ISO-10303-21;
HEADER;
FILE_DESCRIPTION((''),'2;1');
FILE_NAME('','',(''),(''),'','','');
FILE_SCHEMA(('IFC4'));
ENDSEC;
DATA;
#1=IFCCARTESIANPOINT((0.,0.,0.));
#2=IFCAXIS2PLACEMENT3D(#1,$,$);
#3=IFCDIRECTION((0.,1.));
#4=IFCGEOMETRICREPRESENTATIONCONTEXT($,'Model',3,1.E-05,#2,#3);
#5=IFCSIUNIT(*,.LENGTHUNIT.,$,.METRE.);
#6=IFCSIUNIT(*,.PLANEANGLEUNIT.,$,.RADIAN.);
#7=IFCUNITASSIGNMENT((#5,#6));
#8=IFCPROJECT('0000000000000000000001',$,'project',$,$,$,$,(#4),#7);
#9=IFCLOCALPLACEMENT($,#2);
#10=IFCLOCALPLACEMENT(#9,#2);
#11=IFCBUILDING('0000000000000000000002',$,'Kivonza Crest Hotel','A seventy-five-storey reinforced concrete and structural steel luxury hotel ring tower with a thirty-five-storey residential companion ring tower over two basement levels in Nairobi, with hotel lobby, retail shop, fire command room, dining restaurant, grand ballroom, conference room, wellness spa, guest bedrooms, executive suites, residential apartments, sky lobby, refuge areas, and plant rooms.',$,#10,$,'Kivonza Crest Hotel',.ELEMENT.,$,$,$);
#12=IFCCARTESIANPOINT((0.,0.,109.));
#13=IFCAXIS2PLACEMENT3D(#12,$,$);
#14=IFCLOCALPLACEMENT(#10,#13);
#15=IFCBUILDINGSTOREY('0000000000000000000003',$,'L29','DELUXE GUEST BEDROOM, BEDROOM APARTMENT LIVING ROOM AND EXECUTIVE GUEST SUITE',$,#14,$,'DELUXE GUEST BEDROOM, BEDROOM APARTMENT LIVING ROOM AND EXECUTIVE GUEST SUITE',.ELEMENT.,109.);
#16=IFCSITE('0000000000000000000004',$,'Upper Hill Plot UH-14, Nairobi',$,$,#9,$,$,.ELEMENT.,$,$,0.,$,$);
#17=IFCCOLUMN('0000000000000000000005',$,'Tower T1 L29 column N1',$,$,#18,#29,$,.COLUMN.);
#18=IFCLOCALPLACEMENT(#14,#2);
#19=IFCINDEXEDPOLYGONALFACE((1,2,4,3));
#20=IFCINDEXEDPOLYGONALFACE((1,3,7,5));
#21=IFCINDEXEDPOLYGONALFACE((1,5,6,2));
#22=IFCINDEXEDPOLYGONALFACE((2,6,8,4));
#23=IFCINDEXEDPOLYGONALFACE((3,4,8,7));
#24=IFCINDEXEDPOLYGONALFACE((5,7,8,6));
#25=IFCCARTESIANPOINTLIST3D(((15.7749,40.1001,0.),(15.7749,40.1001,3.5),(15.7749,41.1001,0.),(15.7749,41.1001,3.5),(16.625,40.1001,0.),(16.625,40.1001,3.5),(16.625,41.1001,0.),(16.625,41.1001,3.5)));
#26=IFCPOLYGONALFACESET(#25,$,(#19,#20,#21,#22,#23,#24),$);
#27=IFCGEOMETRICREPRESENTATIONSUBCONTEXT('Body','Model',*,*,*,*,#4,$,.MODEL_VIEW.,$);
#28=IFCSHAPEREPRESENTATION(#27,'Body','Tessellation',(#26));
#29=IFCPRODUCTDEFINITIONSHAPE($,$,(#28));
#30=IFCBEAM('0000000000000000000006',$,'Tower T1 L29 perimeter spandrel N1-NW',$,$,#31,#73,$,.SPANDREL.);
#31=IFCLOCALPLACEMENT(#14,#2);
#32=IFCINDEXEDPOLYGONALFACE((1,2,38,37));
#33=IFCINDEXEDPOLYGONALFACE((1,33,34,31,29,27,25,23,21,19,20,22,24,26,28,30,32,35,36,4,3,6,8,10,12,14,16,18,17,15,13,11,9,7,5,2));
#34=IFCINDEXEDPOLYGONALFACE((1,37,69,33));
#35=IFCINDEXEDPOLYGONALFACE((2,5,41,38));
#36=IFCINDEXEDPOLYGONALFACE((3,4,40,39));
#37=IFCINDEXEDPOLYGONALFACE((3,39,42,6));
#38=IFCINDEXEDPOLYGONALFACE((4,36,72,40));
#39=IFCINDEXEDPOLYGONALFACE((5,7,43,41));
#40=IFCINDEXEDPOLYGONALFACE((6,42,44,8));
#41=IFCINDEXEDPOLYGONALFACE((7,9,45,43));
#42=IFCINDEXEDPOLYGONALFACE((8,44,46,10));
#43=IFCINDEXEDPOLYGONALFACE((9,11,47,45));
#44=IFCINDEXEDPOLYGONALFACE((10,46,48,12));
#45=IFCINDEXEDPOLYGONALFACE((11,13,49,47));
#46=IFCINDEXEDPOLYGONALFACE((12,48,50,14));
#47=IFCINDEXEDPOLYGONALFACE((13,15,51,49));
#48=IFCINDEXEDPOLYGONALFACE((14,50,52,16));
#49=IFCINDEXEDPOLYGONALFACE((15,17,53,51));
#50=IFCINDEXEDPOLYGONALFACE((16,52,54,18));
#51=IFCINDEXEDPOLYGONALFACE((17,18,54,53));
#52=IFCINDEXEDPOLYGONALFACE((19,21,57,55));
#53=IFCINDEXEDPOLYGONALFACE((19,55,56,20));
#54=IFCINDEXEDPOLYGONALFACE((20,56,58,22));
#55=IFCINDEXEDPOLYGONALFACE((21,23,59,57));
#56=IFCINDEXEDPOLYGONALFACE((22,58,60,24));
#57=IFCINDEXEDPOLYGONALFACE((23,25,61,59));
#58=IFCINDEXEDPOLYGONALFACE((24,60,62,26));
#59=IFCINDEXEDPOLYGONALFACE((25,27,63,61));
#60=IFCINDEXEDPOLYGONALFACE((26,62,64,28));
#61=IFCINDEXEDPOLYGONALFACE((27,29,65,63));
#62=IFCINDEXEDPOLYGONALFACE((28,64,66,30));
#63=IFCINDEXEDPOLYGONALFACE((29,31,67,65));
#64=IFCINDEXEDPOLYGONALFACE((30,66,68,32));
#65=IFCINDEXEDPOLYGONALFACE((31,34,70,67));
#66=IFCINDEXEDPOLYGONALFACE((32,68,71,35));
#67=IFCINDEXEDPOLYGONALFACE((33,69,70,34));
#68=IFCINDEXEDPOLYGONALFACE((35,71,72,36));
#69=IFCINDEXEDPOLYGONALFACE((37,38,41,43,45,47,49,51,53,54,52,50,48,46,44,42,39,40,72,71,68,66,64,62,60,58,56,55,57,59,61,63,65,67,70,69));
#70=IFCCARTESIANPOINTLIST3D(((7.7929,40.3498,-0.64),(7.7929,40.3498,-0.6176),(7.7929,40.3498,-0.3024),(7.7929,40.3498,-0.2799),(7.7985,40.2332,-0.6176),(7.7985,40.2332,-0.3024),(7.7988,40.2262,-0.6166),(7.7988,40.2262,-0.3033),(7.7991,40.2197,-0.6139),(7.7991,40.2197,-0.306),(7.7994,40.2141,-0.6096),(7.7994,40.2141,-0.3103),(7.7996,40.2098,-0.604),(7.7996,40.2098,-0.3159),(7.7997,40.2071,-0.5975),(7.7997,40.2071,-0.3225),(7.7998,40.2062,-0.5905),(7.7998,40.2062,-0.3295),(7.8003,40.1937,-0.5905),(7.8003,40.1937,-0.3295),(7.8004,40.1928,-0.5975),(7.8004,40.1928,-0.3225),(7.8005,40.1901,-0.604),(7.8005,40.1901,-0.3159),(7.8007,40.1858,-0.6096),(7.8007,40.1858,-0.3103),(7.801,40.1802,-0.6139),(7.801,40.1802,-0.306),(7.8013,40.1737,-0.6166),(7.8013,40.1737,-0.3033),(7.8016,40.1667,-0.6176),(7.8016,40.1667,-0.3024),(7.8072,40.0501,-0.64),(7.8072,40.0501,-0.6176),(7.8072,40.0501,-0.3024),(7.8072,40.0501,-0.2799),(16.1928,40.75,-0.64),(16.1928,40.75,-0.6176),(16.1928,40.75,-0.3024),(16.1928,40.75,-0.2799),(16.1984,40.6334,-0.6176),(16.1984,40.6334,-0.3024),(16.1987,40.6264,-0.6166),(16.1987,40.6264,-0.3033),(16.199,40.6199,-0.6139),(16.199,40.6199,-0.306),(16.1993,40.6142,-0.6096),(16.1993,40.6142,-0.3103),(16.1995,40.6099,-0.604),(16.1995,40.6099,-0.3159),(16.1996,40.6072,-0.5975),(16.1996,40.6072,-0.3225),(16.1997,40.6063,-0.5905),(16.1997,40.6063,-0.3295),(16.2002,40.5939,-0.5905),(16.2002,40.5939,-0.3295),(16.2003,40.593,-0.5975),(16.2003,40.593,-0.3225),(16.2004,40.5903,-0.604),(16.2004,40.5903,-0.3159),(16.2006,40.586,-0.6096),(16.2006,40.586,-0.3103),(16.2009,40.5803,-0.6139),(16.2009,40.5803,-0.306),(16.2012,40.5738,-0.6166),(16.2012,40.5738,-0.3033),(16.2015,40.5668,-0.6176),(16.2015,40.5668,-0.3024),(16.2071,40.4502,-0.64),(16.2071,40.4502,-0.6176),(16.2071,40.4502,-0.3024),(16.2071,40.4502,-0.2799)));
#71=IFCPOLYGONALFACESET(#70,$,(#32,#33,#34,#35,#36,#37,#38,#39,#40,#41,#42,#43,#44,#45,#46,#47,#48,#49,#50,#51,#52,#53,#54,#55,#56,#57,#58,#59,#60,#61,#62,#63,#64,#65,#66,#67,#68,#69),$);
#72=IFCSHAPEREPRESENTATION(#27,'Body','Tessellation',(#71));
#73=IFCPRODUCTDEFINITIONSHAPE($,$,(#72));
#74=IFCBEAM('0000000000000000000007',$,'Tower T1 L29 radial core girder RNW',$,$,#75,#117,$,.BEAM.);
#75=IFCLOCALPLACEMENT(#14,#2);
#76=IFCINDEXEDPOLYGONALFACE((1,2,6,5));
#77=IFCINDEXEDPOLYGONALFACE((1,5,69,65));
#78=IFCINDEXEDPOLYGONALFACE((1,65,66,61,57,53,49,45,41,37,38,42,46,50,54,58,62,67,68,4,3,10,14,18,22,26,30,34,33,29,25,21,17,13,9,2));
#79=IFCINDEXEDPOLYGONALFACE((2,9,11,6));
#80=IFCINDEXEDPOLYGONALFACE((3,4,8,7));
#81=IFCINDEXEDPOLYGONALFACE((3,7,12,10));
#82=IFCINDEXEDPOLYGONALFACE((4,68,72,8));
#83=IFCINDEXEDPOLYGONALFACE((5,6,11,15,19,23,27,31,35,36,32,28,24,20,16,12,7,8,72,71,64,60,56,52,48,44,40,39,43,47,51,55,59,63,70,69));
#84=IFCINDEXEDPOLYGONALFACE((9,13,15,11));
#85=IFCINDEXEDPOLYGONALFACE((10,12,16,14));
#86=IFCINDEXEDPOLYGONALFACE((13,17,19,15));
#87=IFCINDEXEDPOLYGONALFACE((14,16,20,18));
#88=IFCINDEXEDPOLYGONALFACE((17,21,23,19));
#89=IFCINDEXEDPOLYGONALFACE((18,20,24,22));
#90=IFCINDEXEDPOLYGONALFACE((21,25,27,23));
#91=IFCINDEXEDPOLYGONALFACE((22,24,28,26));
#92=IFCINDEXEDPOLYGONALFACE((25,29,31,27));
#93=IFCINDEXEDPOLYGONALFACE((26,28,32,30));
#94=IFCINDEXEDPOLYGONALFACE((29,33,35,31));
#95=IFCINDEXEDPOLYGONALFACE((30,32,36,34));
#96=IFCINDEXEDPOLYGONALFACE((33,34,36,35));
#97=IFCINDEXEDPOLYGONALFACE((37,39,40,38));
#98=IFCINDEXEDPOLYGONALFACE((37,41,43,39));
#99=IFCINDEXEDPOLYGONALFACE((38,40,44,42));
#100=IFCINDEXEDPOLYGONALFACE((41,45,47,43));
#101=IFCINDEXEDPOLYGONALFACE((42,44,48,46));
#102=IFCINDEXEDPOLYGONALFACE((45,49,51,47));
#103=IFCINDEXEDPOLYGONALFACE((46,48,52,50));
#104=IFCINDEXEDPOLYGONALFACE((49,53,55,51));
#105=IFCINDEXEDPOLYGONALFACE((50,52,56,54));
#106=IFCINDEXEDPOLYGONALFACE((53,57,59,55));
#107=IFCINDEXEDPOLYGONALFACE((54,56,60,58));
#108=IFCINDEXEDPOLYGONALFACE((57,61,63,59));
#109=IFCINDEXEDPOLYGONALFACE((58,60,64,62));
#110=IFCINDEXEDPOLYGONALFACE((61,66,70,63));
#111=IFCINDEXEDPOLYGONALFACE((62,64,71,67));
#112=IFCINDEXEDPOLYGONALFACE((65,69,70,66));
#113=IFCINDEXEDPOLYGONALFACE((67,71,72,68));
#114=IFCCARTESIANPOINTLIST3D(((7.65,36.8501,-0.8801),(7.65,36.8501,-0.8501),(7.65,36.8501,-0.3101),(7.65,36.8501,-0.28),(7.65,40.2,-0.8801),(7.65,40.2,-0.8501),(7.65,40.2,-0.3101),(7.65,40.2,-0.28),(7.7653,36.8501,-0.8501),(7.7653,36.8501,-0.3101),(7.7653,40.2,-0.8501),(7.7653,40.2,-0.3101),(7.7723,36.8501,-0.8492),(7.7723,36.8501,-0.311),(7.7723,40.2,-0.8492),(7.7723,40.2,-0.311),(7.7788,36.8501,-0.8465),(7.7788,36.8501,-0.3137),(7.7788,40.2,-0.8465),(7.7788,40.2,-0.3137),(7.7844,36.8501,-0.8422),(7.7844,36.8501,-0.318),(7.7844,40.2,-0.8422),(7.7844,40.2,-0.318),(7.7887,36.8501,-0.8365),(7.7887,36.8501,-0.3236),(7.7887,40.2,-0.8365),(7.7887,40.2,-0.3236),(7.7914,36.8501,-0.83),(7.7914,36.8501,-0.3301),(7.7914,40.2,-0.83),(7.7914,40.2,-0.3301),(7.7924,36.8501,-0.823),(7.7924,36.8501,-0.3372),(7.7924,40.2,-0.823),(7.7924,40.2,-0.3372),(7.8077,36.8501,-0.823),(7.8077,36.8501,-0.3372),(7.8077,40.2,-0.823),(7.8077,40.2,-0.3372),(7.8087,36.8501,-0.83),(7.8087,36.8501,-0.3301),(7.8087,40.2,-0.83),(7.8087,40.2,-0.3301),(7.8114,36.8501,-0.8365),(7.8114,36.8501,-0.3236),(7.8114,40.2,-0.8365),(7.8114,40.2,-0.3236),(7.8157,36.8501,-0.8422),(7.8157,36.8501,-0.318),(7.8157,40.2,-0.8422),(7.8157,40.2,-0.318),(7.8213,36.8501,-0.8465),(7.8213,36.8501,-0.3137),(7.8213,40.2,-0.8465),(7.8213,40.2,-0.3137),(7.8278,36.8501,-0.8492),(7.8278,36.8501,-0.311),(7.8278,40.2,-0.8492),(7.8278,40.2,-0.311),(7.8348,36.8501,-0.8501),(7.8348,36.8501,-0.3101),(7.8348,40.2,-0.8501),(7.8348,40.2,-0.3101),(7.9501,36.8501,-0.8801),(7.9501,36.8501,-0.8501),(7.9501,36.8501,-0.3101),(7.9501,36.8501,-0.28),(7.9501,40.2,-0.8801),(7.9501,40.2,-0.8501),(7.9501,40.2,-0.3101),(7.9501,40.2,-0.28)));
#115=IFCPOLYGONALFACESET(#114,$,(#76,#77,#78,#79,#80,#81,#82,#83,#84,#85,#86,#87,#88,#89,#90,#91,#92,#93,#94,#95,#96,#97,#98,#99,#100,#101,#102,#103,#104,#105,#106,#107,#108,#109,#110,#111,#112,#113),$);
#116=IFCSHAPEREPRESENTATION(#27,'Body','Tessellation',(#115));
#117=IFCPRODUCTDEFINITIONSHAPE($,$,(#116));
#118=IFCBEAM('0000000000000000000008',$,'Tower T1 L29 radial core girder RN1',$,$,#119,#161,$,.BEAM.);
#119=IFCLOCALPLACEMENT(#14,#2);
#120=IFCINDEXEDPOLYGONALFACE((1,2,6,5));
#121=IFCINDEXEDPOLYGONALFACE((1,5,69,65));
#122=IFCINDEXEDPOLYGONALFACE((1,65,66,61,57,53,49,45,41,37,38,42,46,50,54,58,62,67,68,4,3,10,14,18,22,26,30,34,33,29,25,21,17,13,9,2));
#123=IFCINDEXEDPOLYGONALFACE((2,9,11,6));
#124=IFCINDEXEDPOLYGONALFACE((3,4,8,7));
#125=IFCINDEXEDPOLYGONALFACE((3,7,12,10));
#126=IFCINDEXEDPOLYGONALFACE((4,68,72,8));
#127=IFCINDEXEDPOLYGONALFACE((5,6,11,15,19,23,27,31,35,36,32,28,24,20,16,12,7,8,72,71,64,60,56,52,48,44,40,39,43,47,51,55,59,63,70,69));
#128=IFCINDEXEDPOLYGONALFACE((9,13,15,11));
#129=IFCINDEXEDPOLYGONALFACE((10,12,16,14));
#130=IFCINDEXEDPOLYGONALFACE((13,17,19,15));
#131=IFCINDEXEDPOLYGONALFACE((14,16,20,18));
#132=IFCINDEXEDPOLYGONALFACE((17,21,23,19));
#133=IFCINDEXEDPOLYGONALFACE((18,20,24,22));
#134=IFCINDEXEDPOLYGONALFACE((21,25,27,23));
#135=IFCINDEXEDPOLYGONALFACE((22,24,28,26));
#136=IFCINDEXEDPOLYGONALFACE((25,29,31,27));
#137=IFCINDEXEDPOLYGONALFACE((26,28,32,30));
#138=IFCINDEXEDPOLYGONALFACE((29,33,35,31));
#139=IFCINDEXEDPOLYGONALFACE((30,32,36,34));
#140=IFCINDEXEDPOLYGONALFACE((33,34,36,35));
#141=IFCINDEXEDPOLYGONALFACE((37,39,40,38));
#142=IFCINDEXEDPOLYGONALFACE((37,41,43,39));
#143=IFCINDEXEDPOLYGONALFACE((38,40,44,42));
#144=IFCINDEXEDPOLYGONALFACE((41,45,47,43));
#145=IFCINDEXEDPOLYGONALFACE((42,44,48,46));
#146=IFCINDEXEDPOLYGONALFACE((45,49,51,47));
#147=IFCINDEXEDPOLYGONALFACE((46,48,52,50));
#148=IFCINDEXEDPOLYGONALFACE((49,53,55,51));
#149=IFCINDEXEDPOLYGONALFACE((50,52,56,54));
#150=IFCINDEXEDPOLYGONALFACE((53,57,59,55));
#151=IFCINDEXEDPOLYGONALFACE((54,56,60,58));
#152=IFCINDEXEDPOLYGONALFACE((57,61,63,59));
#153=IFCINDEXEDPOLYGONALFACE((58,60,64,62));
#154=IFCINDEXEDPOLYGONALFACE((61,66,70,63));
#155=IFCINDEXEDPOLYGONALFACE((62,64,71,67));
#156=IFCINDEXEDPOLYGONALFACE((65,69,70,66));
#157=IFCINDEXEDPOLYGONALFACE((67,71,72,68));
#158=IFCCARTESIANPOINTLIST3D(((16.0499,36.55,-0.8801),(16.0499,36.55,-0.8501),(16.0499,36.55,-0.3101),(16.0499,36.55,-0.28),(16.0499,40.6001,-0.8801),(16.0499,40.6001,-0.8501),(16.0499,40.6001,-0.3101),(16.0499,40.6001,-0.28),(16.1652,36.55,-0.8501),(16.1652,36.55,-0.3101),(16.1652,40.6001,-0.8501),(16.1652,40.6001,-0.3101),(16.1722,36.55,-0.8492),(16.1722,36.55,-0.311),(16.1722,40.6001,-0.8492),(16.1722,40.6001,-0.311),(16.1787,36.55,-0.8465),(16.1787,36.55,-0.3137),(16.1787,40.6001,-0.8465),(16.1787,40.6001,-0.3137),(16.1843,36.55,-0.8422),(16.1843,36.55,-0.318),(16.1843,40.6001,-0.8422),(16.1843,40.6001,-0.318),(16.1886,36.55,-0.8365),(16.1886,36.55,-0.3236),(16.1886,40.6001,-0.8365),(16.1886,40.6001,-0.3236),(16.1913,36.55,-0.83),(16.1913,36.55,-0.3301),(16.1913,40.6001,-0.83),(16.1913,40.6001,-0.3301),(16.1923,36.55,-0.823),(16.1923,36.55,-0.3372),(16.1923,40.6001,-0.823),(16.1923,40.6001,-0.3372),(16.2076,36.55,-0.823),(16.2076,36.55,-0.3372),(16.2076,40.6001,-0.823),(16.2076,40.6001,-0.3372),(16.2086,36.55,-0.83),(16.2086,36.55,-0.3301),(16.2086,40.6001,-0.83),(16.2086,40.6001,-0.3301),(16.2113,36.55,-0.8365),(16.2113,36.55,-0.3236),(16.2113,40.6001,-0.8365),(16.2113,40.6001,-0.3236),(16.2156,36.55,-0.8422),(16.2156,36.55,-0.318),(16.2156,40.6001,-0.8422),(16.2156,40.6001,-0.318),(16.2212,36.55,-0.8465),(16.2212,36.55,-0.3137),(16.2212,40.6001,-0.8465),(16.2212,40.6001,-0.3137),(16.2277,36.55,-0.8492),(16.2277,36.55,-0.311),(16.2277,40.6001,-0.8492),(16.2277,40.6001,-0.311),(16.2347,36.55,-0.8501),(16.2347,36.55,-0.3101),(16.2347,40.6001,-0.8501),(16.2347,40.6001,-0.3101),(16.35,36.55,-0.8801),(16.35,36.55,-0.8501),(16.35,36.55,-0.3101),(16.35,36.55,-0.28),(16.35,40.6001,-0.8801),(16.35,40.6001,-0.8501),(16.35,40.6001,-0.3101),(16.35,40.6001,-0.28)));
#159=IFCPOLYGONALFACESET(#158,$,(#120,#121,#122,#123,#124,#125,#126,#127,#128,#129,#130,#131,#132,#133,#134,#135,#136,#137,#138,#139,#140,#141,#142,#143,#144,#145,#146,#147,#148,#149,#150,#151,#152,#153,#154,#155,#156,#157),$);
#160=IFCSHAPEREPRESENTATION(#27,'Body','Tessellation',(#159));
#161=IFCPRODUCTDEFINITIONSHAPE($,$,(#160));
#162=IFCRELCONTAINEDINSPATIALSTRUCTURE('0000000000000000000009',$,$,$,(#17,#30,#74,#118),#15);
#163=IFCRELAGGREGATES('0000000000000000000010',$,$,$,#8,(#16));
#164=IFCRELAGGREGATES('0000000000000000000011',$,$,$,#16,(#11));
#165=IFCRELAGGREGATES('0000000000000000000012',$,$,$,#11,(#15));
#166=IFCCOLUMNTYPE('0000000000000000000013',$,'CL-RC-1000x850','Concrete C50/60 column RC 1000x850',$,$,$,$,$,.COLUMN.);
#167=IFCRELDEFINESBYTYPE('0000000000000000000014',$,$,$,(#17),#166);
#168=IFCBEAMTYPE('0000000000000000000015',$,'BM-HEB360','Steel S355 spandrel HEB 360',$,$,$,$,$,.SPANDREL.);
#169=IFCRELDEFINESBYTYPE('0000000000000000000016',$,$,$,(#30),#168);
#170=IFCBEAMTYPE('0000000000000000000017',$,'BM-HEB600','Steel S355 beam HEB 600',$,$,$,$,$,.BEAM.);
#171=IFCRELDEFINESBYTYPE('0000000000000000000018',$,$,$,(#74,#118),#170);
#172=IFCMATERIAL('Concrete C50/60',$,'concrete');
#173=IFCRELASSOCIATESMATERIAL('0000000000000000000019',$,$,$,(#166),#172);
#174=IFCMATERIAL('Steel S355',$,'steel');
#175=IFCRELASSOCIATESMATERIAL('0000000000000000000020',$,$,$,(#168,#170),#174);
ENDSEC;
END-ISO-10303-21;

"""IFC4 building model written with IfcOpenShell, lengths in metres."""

from ifc_helpers import new_model, si_unit, direction, frame, origin, origin_2d, place, context, subcontext, project, spatial, rectangle, i_section, extrude, material, material_profile, profile_set, type_object, element, save


model = new_model("IFC4")

# Units and contexts
model_context = context("Model", 3, precision=1e-05, world=origin(), true_north=direction((0.0, 1.0)))
body_context = subcontext(model_context, "Body", "Model", "MODEL_VIEW")
ifc_project = project(units=[si_unit("LENGTHUNIT", "METRE"), si_unit("PLANEANGLEUNIT", "RADIAN")], contexts=[model_context])

# Site, building, storey
site_placement = place(None, origin())
site = spatial("IfcSite", under=ifc_project, at=site_placement, Name="Upper Hill Plot UH-14, Nairobi", CompositionType="ELEMENT", RefElevation=0.0)
building_placement = place(site_placement, origin())
building = spatial("IfcBuilding", under=site, at=building_placement, Name="Kivonza Crest Hotel", Description="A seventy-five-storey reinforced concrete and structural steel luxury hotel ring tower with a thirty-five-storey residential companion ring tower over two basement levels in Nairobi, with hotel lobby, retail shop, fire command room, dining restaurant, grand ballroom, conference room, wellness spa, guest bedrooms, executive suites, residential apartments, sky lobby, refuge areas, and plant rooms.", LongName="Kivonza Crest Hotel", CompositionType="ELEMENT")
storey_placement = place(building_placement, frame((0.0, 0.0, 109.0)))
storey = spatial("IfcBuildingStorey", under=building, at=storey_placement, Name="L29", Description="DELUXE GUEST BEDROOM, BEDROOM APARTMENT LIVING ROOM AND EXECUTIVE GUEST SUITE", LongName="DELUXE GUEST BEDROOM, BEDROOM APARTMENT LIVING ROOM AND EXECUTIVE GUEST SUITE", CompositionType="ELEMENT", Elevation=109.0)

# Column
ifc_material_1 = material(Name="Concrete C50/60", Category="concrete")
ifc_material_profile_1 = material_profile(ifc_material_1, rectangle(XDim=0.8501, YDim=1.0, at=origin_2d()), Name="RC 1000x850")
ifc_profile_set_1 = profile_set([ifc_material_profile_1], Name="Concrete C50/60")
column_type = type_object("IfcColumnType", Name="CL-RC-1000x850", Description="Concrete C50/60 column RC 1000x850", PredefinedType="COLUMN", material=ifc_profile_set_1)
column_placement = place(storey_placement, frame((16.2, 40.6001, 0.0), z_axis=(0.0, 0.0, 1.0), x_axis=(1.0, 0.0, 0.0)))
element("IfcColumn", 1, at=column_placement, inside=storey, type_object=column_type, Name="Tower T1 L29 column N1", PredefinedType="COLUMN", context=body_context, shape_type="SweptSolid", body=[
    extrude(rectangle(XDim=0.8501, YDim=1.0, at=origin_2d()), origin(), (0.0, 0.0, 1.0), 3.5),
])

# Beams
ifc_material_2 = material(Name="Steel S355", Category="steel")
ifc_material_profile_2 = material_profile(ifc_material_2, i_section(OverallWidth=0.3, OverallDepth=0.3601, WebThickness=0.0125, FlangeThickness=0.0225, FilletRadius=0.0271, at=origin_2d()), Name="HEB 360")
ifc_profile_set_2 = profile_set([ifc_material_profile_2], Name="Steel S355")
beam_type_1 = type_object("IfcBeamType", Name="BM-HEB360", Description="Steel S355 spandrel HEB 360", PredefinedType="SPANDREL", material=ifc_profile_set_2)
beam_1_placement = place(storey_placement, frame((16.2, 40.6001, -0.46), z_axis=(-0.998867, -0.047583, 0.0), x_axis=(0.047583, -0.998867, 0.0)))
element("IfcBeam", 2, at=beam_1_placement, inside=storey, type_object=beam_type_1, Name="Tower T1 L29 perimeter spandrel N1-NW", PredefinedType="SPANDREL", context=body_context, shape_type="SweptSolid", body=[
    extrude(i_section(OverallWidth=0.3, OverallDepth=0.3601, WebThickness=0.0125, FlangeThickness=0.0225, FilletRadius=0.0271, at=origin_2d()), origin(), (0.0, 0.0, 1.0), 8.4094),
])
ifc_material_profile_3 = material_profile(ifc_material_2, i_section(OverallWidth=0.3, OverallDepth=0.6001, WebThickness=0.0154, FlangeThickness=0.03, FilletRadius=0.0271, at=origin_2d()), Name="HEB 600")
ifc_profile_set_3 = profile_set([ifc_material_profile_3], Name="Steel S355")
beam_type_2 = type_object("IfcBeamType", Name="BM-HEB600", Description="Steel S355 beam HEB 600", PredefinedType="BEAM", material=ifc_profile_set_3)
beam_2_placement = place(storey_placement, frame((7.8, 40.2, -0.5801), z_axis=(0.0, -1.0, 0.0), x_axis=(1.0, 0.0, 0.0)))
element("IfcBeam", 3, at=beam_2_placement, inside=storey, type_object=beam_type_2, Name="Tower T1 L29 radial core girder RNW", PredefinedType="BEAM", context=body_context, shape_type="SweptSolid", body=[
    extrude(i_section(OverallWidth=0.3, OverallDepth=0.6001, WebThickness=0.0154, FlangeThickness=0.03, FilletRadius=0.0271, at=origin_2d()), origin(), (0.0, 0.0, 1.0), 3.3499),
])
beam_3_placement = place(storey_placement, frame((16.2, 40.6001, -0.5801), z_axis=(0.0, -1.0, 0.0), x_axis=(1.0, 0.0, 0.0)))
element("IfcBeam", 4, at=beam_3_placement, inside=storey, type_object=beam_type_2, Name="Tower T1 L29 radial core girder RN1", PredefinedType="BEAM", context=body_context, shape_type="SweptSolid", body=[
    extrude(i_section(OverallWidth=0.3, OverallDepth=0.6001, WebThickness=0.0154, FlangeThickness=0.03, FilletRadius=0.0271, at=origin_2d()), origin(), (0.0, 0.0, 1.0), 4.05),
])

save(model, "model.ifc")
